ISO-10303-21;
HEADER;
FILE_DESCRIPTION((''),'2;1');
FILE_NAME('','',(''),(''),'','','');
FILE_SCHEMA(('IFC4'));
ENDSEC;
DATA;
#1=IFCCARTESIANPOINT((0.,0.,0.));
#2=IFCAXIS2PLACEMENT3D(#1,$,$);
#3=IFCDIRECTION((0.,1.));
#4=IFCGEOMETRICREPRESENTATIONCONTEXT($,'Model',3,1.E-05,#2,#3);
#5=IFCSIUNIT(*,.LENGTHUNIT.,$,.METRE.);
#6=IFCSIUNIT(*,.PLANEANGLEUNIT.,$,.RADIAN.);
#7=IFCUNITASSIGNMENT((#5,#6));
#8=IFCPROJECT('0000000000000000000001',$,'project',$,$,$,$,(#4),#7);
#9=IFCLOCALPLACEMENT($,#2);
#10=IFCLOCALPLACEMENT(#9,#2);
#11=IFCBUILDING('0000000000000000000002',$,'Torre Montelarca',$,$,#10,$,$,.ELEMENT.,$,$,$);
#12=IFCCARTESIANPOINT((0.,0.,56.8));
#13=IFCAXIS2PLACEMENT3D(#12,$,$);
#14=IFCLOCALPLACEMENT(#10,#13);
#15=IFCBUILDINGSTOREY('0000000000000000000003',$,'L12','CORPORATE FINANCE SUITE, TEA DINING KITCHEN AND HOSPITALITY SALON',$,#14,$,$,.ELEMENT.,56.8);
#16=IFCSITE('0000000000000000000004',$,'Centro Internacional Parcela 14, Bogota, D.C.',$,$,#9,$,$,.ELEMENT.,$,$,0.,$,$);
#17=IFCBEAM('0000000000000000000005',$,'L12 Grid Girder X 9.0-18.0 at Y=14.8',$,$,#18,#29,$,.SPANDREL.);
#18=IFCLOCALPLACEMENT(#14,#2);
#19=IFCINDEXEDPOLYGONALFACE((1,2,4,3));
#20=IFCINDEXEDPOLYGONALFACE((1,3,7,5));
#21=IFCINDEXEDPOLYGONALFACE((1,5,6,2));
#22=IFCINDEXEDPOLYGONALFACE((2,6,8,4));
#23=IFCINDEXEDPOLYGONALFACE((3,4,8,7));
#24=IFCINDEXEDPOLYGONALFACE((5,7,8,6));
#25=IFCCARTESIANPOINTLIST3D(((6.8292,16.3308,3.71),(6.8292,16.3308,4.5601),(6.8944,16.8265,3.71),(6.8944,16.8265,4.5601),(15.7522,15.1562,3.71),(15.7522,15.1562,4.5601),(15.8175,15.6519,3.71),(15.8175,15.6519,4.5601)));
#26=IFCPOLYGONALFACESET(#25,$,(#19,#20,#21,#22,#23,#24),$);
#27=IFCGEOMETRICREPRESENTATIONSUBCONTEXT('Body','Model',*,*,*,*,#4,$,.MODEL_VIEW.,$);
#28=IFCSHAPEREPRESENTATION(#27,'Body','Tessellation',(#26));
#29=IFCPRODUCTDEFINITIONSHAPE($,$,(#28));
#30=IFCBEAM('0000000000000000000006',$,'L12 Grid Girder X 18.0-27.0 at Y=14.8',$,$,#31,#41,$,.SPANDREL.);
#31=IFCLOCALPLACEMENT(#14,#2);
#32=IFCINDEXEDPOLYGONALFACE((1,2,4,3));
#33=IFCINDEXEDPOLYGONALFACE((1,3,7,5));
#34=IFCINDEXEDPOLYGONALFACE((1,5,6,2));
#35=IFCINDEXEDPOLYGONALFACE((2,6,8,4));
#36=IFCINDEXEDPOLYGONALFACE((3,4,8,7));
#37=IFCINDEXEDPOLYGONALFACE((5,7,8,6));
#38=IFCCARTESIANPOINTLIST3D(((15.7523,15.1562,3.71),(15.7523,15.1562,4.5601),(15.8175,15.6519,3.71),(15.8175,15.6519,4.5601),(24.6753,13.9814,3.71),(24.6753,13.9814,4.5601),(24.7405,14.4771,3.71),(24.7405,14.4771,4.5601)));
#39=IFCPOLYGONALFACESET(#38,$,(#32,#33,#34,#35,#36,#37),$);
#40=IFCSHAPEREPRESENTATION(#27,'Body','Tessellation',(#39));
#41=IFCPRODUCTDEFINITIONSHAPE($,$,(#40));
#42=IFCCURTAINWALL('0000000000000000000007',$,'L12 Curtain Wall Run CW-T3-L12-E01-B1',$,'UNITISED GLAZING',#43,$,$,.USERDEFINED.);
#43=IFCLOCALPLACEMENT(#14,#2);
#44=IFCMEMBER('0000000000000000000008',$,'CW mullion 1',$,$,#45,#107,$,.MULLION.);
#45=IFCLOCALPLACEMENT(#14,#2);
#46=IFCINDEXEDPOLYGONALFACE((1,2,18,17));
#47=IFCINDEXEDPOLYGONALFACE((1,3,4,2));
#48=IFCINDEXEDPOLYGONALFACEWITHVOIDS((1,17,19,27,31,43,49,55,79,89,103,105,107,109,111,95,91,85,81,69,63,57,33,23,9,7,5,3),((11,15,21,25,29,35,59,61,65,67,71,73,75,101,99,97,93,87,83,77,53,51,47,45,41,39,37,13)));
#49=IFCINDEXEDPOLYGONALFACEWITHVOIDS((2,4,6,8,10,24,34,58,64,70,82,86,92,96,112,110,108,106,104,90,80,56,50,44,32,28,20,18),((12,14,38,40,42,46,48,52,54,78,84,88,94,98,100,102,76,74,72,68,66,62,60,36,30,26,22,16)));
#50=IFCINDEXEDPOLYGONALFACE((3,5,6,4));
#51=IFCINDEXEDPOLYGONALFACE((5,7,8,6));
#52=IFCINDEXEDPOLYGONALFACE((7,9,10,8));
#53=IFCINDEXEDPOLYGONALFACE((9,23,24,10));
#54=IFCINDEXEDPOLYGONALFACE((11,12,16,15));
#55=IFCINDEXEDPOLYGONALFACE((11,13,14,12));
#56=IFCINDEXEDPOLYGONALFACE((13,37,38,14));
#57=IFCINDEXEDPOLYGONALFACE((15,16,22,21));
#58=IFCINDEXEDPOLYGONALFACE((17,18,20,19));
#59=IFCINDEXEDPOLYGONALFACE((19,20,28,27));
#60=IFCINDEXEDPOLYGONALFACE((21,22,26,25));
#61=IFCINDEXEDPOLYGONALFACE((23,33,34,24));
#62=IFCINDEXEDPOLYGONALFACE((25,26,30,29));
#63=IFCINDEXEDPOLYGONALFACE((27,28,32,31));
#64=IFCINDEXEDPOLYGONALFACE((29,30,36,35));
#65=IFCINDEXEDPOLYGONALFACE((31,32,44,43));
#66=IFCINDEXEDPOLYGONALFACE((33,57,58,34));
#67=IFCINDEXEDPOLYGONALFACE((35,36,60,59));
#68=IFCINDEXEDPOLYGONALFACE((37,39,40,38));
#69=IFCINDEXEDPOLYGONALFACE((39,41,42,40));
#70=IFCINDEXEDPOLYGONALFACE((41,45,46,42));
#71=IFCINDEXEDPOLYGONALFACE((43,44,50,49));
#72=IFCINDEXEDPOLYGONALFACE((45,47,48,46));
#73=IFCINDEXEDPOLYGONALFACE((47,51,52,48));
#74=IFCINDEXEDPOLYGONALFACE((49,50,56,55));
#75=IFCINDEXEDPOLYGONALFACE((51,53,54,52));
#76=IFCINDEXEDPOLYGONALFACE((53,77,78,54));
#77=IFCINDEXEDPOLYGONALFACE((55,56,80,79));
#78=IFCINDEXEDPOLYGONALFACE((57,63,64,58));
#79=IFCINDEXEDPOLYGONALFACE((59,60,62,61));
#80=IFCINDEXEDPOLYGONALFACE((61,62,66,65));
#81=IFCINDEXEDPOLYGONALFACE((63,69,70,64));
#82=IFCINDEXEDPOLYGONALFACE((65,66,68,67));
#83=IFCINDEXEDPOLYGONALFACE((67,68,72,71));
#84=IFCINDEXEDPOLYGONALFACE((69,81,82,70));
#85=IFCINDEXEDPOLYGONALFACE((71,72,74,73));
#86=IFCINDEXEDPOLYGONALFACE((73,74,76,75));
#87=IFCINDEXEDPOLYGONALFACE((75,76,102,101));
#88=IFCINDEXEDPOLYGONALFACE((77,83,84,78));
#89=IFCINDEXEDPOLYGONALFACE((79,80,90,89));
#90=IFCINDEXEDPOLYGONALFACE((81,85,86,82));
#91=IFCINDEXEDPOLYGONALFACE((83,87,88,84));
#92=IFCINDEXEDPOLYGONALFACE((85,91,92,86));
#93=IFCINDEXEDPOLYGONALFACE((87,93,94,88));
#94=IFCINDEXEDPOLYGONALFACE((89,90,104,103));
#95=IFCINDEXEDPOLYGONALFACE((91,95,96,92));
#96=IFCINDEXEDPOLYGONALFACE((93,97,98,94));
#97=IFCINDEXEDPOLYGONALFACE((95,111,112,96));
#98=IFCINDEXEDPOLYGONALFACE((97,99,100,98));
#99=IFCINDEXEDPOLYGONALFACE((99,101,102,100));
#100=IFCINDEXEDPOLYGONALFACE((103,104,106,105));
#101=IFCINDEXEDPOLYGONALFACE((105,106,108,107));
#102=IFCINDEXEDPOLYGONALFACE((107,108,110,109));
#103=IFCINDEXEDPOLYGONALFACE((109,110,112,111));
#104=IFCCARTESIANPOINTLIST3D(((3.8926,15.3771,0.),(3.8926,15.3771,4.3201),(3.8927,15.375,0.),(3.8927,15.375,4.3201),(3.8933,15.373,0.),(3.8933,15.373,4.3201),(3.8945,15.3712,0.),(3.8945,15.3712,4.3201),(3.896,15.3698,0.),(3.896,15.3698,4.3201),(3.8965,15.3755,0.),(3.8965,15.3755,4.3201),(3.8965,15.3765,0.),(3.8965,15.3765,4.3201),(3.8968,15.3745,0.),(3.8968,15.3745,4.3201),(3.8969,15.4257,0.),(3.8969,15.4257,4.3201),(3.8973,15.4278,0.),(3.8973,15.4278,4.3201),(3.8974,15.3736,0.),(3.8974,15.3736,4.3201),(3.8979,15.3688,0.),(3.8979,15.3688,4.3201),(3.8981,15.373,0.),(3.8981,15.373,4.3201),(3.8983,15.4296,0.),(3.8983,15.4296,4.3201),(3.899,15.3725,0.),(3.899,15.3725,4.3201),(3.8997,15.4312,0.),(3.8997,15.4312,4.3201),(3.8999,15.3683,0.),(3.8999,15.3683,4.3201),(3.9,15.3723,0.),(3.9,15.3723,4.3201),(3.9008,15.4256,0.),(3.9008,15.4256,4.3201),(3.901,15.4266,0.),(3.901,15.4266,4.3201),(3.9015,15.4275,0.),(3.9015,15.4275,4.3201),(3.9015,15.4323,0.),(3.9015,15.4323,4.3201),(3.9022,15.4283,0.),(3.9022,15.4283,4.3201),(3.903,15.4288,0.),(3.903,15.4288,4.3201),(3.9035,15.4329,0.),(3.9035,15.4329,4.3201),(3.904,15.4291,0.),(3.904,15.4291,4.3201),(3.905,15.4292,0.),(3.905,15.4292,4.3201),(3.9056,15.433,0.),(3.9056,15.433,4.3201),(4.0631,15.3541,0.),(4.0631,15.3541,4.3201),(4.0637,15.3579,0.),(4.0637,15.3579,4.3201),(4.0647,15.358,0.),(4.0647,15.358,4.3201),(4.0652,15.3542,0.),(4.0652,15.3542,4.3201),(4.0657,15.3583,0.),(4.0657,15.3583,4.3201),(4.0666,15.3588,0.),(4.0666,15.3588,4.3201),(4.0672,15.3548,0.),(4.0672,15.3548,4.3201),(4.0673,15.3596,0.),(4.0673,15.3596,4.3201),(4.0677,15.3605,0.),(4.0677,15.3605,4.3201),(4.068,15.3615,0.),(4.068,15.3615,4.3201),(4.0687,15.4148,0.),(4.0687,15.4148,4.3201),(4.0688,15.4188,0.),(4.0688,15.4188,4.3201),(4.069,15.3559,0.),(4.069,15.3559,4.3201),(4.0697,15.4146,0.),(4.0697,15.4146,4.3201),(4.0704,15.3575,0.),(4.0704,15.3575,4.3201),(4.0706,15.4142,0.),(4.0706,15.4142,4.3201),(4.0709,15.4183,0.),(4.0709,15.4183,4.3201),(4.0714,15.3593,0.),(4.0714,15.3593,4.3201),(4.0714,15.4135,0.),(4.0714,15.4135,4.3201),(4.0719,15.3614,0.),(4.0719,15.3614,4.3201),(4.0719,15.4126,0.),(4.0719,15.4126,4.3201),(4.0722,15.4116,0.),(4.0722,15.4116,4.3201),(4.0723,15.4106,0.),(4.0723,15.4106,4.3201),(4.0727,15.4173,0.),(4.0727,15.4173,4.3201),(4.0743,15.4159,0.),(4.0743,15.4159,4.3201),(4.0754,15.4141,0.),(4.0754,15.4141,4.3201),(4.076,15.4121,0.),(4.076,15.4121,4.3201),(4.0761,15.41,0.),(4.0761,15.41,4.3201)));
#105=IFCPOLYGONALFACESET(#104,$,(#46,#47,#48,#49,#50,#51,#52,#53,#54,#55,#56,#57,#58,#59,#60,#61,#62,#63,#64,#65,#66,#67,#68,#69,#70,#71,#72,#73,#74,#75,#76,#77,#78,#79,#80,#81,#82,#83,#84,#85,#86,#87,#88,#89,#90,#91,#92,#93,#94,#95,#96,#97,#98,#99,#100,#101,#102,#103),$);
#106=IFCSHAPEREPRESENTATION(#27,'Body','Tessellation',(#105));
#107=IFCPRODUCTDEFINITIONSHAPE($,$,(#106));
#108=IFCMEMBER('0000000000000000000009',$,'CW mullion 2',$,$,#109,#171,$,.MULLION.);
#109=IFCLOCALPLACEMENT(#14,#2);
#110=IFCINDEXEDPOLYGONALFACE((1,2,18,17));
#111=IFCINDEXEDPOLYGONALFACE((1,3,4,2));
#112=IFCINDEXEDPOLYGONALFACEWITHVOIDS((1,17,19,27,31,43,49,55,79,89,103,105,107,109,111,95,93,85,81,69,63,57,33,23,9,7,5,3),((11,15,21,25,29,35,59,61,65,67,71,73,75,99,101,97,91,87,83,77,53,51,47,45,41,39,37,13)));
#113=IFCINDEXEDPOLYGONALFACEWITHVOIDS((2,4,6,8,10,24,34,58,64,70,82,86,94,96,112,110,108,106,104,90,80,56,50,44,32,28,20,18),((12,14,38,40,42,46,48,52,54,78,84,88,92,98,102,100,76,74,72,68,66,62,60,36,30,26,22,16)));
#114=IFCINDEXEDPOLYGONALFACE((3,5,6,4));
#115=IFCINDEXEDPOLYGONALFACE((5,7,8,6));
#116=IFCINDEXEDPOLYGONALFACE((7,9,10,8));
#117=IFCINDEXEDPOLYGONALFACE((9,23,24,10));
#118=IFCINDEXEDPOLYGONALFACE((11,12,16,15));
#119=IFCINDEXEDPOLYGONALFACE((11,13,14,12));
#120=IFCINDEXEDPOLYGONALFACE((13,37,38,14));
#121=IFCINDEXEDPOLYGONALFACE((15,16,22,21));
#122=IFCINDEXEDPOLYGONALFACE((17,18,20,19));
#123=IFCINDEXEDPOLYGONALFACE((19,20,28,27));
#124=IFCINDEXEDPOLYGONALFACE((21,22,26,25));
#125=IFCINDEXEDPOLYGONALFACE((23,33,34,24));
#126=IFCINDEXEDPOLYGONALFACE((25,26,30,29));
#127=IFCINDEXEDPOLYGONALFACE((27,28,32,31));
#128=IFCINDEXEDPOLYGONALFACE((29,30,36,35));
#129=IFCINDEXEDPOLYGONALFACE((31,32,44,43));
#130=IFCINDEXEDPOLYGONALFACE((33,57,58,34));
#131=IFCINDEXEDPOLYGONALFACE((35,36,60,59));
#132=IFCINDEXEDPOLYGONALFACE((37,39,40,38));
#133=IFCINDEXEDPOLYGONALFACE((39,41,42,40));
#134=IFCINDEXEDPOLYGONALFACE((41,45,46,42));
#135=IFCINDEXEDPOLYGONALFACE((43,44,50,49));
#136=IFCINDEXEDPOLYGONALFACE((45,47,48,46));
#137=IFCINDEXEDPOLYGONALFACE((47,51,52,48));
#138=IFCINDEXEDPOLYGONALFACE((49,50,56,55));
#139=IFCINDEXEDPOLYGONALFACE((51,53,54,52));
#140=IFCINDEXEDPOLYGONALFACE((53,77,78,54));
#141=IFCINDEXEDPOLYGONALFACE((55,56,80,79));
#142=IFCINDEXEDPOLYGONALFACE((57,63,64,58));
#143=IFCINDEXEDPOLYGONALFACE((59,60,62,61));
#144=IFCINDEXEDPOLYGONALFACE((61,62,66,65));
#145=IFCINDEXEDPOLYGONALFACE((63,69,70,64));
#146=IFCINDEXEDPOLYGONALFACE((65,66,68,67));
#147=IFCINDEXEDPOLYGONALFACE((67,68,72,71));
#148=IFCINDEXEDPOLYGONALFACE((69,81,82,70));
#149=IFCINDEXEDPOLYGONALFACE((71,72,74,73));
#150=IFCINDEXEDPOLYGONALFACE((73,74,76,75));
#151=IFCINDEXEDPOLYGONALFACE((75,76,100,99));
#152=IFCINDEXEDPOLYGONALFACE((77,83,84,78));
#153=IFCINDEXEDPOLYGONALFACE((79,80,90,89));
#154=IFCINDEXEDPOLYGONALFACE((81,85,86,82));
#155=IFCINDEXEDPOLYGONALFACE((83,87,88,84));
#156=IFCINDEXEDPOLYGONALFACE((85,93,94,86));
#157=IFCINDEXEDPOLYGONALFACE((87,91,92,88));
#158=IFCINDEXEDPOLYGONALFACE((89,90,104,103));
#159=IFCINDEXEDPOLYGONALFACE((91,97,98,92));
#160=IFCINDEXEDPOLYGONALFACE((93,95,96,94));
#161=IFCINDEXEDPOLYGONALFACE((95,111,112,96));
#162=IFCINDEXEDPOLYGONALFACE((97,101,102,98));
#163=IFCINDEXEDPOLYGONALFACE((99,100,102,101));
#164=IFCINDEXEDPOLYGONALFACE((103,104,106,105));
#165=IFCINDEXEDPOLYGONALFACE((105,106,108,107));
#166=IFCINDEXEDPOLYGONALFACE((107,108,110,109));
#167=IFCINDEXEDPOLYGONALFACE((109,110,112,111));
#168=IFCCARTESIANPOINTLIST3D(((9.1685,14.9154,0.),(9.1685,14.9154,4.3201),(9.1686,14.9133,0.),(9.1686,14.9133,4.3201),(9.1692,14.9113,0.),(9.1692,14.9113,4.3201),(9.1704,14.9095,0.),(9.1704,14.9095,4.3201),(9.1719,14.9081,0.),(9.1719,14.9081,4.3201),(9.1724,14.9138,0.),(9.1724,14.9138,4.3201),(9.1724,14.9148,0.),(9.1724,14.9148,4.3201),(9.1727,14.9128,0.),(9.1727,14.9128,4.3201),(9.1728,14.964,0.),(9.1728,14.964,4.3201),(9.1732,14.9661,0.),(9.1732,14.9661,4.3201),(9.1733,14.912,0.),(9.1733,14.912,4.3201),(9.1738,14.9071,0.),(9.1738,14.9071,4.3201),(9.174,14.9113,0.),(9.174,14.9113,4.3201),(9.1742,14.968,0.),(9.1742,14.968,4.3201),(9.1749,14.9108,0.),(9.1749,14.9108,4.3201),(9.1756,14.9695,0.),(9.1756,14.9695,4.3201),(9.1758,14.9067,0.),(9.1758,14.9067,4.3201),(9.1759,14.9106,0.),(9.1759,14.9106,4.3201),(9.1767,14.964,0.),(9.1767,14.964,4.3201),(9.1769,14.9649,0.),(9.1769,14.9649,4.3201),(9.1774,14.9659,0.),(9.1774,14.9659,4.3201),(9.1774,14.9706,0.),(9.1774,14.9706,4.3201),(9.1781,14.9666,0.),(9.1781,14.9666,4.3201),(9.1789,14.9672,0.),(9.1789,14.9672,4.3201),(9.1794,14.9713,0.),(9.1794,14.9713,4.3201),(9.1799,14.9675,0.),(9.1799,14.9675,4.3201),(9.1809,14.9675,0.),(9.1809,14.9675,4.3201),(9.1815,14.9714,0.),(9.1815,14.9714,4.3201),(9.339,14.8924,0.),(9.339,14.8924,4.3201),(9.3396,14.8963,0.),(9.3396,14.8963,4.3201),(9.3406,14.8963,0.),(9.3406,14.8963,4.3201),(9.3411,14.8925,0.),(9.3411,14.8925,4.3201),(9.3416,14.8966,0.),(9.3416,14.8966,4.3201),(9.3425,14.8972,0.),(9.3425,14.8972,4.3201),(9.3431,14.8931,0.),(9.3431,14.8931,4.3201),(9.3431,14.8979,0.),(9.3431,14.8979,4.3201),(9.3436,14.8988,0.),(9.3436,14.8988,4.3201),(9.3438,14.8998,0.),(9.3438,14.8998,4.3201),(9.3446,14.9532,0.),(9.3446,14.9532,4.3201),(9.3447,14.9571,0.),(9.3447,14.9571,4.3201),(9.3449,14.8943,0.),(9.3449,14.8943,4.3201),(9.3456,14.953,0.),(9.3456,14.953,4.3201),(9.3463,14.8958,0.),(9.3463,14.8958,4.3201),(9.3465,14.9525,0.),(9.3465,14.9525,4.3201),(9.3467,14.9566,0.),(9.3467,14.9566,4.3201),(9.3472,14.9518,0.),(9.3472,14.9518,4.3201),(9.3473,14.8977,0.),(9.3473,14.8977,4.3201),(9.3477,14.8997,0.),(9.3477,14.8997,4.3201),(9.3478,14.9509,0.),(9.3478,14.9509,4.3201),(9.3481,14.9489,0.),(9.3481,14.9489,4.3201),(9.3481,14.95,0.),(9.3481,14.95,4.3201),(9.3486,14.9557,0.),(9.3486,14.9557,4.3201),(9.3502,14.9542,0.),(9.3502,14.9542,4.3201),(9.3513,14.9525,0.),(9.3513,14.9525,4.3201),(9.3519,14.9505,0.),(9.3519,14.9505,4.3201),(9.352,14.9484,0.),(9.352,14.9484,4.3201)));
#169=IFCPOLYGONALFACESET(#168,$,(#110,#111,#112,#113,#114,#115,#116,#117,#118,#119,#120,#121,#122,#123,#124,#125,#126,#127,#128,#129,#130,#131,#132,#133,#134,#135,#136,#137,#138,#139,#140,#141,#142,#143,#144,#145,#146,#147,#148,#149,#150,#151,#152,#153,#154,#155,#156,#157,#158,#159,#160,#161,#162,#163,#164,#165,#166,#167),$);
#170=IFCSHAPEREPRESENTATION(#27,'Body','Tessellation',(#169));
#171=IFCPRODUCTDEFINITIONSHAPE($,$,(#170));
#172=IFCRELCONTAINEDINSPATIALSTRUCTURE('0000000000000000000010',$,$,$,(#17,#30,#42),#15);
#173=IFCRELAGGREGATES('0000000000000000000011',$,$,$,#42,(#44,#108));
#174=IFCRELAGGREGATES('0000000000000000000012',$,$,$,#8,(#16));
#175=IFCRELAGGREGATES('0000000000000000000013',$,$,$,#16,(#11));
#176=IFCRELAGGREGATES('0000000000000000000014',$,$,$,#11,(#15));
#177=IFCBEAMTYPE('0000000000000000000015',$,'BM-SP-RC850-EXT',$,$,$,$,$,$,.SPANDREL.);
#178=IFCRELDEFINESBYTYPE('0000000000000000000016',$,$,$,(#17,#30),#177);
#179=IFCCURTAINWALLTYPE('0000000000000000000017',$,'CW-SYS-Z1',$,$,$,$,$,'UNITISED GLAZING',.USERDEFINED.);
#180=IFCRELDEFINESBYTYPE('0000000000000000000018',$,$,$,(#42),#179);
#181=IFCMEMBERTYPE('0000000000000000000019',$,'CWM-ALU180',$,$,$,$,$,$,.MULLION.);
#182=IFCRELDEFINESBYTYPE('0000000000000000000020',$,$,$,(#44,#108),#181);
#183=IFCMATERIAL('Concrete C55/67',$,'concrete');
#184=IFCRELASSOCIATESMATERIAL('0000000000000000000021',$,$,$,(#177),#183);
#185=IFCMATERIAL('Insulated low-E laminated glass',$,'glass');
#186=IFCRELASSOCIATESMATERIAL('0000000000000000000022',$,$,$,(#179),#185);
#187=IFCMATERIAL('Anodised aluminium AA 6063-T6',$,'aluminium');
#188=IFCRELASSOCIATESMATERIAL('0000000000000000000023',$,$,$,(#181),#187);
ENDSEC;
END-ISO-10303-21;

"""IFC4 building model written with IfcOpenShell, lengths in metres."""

from ifc_helpers import new_model, si_unit, direction, frame, origin, origin_2d, place, context, subcontext, project, spatial, rectangle, hollow_rectangle, extrude, source, transform, mapped, material, material_profile, profile_set, type_object, element, aggregate, save


model = new_model("IFC4")

# Units and contexts
model_context = context("Model", 3, precision=1e-05, world=origin(), true_north=direction((0.0, 1.0)))
body_context = subcontext(model_context, "Body", "Model", "MODEL_VIEW")
ifc_project = project(units=[si_unit("LENGTHUNIT", "METRE"), si_unit("PLANEANGLEUNIT", "RADIAN")], contexts=[model_context])

# Site, building, storey
site_placement = place(None, origin())
site = spatial("IfcSite", under=ifc_project, at=site_placement, Name="Centro Internacional Parcela 14, Bogota, D.C.", CompositionType="ELEMENT", RefElevation=0.0)
building_placement = place(site_placement, origin())
building = spatial("IfcBuilding", under=site, at=building_placement, Name="Torre Montelarca", CompositionType="ELEMENT")
storey_placement = place(building_placement, frame((0.0, 0.0, 56.8)))
storey = spatial("IfcBuildingStorey", under=building, at=storey_placement, Name="L12", Description="CORPORATE FINANCE SUITE, TEA DINING KITCHEN AND HOSPITALITY SALON", CompositionType="ELEMENT", Elevation=56.8)

# Beams
ifc_material_1 = material(Name="Concrete C55/67", Category="concrete")
ifc_material_profile_1 = material_profile(ifc_material_1, rectangle(XDim=0.5, YDim=0.8501, at=origin_2d()), Name="RCB500X850", Category="concrete")
ifc_profile_set_1 = profile_set([ifc_material_profile_1], Name="Concrete C55/67")
beam_type = type_object("IfcBeamType", Name="BM-SP-RC850-EXT", PredefinedType="SPANDREL", material=ifc_profile_set_1)
shared_shape_1 = source(origin(), body_context, "Body", "SweptSolid", [
    extrude(rectangle(XDim=0.5, YDim=0.8501, at=origin_2d()), origin(), (0.0, 0.0, 1.0), 9.0),
])
for number, where, z_axis, x_axis, name in (
    (1, (6.8618, 16.5786, 4.135), (0.991448, -0.130506, 0.0), (0.130506, 0.991448, 0.0), "L12 Grid Girder X 9.0-18.0 at Y=14.8"),
    (2, (15.7849, 15.4041, 4.135), (0.991444, -0.130532, 0.0), (0.130532, 0.991444, 0.0), "L12 Grid Girder X 18.0-27.0 at Y=14.8"),
):
    element("IfcBeam", number, at=place(storey_placement, frame(where, z_axis=z_axis, x_axis=x_axis)), inside=storey, type_object=beam_type, Name=name, PredefinedType="SPANDREL", context=body_context, shape_type="MappedRepresentation", body=[
        mapped(shared_shape_1, transform((0.0, 0.0, 0.0), scale=1.0)),
    ])

# Curtain wall, members
ifc_material_2 = material(Name="Insulated low-E laminated glass", Category="glass")
curtain_wall_type = type_object("IfcCurtainWallType", Name="CW-SYS-Z1", ElementType="UNITISED GLAZING", PredefinedType="USERDEFINED", material=ifc_material_2)
curtain_wall_1_placement = place(storey_placement, origin())
curtain_wall_1 = element("IfcCurtainWall", 3, at=curtain_wall_1_placement, inside=storey, type_object=curtain_wall_type, Name="L12 Curtain Wall Run CW-T3-L12-E01-B1", ObjectType="UNITISED GLAZING", PredefinedType="USERDEFINED")
ifc_material_3 = material(Name="Anodised aluminium AA 6063-T6", Category="aluminium")
ifc_material_profile_2 = material_profile(ifc_material_3, hollow_rectangle(XDim=0.0649, YDim=0.1799, WallThickness=0.0039, InnerFilletRadius=0.0039, OuterFilletRadius=0.0081, at=origin_2d()), Name="ALU65X180X4", Category="aluminium")
ifc_profile_set_2 = profile_set([ifc_material_profile_2], Name="Anodised aluminium AA 6063-T6")
member_type_1 = type_object("IfcMemberType", Name="CWM-ALU180", PredefinedType="MULLION", material=ifc_profile_set_2)
shared_shape_2 = source(origin(), body_context, "Body", "SweptSolid", [
    extrude(hollow_rectangle(XDim=0.0649, YDim=0.1799, WallThickness=0.0039, InnerFilletRadius=0.0039, OuterFilletRadius=0.0081, at=origin_2d()), origin(), (0.0, 0.0, 1.0), 4.3201),
])
member_1_placement = place(storey_placement, frame((3.9844, 15.3936, 0.0), z_axis=(0.0, 0.0, 1.0), x_axis=(0.087162, 0.996194, 0.0)))
member_1 = element("IfcMember", 4, at=member_1_placement, type_object=member_type_1, Name="CW mullion 1", PredefinedType="MULLION", context=body_context, shape_type="MappedRepresentation", body=[
    mapped(shared_shape_2, transform((0.0, 0.0, 0.0), scale=1.0)),
])
member_2_placement = place(storey_placement, frame((9.2603, 14.9319, 0.0), z_axis=(0.0, 0.0, 1.0), x_axis=(0.087162, 0.996194, 0.0)))
member_2 = element("IfcMember", 5, at=member_2_placement, type_object=member_type_1, Name="CW mullion 2", PredefinedType="MULLION", context=body_context, shape_type="MappedRepresentation", body=[
    mapped(shared_shape_2, transform((0.0, 0.0, 0.0), scale=1.0)),
])

aggregate(curtain_wall_1, [member_1, member_2])

save(model, "model.ifc")
